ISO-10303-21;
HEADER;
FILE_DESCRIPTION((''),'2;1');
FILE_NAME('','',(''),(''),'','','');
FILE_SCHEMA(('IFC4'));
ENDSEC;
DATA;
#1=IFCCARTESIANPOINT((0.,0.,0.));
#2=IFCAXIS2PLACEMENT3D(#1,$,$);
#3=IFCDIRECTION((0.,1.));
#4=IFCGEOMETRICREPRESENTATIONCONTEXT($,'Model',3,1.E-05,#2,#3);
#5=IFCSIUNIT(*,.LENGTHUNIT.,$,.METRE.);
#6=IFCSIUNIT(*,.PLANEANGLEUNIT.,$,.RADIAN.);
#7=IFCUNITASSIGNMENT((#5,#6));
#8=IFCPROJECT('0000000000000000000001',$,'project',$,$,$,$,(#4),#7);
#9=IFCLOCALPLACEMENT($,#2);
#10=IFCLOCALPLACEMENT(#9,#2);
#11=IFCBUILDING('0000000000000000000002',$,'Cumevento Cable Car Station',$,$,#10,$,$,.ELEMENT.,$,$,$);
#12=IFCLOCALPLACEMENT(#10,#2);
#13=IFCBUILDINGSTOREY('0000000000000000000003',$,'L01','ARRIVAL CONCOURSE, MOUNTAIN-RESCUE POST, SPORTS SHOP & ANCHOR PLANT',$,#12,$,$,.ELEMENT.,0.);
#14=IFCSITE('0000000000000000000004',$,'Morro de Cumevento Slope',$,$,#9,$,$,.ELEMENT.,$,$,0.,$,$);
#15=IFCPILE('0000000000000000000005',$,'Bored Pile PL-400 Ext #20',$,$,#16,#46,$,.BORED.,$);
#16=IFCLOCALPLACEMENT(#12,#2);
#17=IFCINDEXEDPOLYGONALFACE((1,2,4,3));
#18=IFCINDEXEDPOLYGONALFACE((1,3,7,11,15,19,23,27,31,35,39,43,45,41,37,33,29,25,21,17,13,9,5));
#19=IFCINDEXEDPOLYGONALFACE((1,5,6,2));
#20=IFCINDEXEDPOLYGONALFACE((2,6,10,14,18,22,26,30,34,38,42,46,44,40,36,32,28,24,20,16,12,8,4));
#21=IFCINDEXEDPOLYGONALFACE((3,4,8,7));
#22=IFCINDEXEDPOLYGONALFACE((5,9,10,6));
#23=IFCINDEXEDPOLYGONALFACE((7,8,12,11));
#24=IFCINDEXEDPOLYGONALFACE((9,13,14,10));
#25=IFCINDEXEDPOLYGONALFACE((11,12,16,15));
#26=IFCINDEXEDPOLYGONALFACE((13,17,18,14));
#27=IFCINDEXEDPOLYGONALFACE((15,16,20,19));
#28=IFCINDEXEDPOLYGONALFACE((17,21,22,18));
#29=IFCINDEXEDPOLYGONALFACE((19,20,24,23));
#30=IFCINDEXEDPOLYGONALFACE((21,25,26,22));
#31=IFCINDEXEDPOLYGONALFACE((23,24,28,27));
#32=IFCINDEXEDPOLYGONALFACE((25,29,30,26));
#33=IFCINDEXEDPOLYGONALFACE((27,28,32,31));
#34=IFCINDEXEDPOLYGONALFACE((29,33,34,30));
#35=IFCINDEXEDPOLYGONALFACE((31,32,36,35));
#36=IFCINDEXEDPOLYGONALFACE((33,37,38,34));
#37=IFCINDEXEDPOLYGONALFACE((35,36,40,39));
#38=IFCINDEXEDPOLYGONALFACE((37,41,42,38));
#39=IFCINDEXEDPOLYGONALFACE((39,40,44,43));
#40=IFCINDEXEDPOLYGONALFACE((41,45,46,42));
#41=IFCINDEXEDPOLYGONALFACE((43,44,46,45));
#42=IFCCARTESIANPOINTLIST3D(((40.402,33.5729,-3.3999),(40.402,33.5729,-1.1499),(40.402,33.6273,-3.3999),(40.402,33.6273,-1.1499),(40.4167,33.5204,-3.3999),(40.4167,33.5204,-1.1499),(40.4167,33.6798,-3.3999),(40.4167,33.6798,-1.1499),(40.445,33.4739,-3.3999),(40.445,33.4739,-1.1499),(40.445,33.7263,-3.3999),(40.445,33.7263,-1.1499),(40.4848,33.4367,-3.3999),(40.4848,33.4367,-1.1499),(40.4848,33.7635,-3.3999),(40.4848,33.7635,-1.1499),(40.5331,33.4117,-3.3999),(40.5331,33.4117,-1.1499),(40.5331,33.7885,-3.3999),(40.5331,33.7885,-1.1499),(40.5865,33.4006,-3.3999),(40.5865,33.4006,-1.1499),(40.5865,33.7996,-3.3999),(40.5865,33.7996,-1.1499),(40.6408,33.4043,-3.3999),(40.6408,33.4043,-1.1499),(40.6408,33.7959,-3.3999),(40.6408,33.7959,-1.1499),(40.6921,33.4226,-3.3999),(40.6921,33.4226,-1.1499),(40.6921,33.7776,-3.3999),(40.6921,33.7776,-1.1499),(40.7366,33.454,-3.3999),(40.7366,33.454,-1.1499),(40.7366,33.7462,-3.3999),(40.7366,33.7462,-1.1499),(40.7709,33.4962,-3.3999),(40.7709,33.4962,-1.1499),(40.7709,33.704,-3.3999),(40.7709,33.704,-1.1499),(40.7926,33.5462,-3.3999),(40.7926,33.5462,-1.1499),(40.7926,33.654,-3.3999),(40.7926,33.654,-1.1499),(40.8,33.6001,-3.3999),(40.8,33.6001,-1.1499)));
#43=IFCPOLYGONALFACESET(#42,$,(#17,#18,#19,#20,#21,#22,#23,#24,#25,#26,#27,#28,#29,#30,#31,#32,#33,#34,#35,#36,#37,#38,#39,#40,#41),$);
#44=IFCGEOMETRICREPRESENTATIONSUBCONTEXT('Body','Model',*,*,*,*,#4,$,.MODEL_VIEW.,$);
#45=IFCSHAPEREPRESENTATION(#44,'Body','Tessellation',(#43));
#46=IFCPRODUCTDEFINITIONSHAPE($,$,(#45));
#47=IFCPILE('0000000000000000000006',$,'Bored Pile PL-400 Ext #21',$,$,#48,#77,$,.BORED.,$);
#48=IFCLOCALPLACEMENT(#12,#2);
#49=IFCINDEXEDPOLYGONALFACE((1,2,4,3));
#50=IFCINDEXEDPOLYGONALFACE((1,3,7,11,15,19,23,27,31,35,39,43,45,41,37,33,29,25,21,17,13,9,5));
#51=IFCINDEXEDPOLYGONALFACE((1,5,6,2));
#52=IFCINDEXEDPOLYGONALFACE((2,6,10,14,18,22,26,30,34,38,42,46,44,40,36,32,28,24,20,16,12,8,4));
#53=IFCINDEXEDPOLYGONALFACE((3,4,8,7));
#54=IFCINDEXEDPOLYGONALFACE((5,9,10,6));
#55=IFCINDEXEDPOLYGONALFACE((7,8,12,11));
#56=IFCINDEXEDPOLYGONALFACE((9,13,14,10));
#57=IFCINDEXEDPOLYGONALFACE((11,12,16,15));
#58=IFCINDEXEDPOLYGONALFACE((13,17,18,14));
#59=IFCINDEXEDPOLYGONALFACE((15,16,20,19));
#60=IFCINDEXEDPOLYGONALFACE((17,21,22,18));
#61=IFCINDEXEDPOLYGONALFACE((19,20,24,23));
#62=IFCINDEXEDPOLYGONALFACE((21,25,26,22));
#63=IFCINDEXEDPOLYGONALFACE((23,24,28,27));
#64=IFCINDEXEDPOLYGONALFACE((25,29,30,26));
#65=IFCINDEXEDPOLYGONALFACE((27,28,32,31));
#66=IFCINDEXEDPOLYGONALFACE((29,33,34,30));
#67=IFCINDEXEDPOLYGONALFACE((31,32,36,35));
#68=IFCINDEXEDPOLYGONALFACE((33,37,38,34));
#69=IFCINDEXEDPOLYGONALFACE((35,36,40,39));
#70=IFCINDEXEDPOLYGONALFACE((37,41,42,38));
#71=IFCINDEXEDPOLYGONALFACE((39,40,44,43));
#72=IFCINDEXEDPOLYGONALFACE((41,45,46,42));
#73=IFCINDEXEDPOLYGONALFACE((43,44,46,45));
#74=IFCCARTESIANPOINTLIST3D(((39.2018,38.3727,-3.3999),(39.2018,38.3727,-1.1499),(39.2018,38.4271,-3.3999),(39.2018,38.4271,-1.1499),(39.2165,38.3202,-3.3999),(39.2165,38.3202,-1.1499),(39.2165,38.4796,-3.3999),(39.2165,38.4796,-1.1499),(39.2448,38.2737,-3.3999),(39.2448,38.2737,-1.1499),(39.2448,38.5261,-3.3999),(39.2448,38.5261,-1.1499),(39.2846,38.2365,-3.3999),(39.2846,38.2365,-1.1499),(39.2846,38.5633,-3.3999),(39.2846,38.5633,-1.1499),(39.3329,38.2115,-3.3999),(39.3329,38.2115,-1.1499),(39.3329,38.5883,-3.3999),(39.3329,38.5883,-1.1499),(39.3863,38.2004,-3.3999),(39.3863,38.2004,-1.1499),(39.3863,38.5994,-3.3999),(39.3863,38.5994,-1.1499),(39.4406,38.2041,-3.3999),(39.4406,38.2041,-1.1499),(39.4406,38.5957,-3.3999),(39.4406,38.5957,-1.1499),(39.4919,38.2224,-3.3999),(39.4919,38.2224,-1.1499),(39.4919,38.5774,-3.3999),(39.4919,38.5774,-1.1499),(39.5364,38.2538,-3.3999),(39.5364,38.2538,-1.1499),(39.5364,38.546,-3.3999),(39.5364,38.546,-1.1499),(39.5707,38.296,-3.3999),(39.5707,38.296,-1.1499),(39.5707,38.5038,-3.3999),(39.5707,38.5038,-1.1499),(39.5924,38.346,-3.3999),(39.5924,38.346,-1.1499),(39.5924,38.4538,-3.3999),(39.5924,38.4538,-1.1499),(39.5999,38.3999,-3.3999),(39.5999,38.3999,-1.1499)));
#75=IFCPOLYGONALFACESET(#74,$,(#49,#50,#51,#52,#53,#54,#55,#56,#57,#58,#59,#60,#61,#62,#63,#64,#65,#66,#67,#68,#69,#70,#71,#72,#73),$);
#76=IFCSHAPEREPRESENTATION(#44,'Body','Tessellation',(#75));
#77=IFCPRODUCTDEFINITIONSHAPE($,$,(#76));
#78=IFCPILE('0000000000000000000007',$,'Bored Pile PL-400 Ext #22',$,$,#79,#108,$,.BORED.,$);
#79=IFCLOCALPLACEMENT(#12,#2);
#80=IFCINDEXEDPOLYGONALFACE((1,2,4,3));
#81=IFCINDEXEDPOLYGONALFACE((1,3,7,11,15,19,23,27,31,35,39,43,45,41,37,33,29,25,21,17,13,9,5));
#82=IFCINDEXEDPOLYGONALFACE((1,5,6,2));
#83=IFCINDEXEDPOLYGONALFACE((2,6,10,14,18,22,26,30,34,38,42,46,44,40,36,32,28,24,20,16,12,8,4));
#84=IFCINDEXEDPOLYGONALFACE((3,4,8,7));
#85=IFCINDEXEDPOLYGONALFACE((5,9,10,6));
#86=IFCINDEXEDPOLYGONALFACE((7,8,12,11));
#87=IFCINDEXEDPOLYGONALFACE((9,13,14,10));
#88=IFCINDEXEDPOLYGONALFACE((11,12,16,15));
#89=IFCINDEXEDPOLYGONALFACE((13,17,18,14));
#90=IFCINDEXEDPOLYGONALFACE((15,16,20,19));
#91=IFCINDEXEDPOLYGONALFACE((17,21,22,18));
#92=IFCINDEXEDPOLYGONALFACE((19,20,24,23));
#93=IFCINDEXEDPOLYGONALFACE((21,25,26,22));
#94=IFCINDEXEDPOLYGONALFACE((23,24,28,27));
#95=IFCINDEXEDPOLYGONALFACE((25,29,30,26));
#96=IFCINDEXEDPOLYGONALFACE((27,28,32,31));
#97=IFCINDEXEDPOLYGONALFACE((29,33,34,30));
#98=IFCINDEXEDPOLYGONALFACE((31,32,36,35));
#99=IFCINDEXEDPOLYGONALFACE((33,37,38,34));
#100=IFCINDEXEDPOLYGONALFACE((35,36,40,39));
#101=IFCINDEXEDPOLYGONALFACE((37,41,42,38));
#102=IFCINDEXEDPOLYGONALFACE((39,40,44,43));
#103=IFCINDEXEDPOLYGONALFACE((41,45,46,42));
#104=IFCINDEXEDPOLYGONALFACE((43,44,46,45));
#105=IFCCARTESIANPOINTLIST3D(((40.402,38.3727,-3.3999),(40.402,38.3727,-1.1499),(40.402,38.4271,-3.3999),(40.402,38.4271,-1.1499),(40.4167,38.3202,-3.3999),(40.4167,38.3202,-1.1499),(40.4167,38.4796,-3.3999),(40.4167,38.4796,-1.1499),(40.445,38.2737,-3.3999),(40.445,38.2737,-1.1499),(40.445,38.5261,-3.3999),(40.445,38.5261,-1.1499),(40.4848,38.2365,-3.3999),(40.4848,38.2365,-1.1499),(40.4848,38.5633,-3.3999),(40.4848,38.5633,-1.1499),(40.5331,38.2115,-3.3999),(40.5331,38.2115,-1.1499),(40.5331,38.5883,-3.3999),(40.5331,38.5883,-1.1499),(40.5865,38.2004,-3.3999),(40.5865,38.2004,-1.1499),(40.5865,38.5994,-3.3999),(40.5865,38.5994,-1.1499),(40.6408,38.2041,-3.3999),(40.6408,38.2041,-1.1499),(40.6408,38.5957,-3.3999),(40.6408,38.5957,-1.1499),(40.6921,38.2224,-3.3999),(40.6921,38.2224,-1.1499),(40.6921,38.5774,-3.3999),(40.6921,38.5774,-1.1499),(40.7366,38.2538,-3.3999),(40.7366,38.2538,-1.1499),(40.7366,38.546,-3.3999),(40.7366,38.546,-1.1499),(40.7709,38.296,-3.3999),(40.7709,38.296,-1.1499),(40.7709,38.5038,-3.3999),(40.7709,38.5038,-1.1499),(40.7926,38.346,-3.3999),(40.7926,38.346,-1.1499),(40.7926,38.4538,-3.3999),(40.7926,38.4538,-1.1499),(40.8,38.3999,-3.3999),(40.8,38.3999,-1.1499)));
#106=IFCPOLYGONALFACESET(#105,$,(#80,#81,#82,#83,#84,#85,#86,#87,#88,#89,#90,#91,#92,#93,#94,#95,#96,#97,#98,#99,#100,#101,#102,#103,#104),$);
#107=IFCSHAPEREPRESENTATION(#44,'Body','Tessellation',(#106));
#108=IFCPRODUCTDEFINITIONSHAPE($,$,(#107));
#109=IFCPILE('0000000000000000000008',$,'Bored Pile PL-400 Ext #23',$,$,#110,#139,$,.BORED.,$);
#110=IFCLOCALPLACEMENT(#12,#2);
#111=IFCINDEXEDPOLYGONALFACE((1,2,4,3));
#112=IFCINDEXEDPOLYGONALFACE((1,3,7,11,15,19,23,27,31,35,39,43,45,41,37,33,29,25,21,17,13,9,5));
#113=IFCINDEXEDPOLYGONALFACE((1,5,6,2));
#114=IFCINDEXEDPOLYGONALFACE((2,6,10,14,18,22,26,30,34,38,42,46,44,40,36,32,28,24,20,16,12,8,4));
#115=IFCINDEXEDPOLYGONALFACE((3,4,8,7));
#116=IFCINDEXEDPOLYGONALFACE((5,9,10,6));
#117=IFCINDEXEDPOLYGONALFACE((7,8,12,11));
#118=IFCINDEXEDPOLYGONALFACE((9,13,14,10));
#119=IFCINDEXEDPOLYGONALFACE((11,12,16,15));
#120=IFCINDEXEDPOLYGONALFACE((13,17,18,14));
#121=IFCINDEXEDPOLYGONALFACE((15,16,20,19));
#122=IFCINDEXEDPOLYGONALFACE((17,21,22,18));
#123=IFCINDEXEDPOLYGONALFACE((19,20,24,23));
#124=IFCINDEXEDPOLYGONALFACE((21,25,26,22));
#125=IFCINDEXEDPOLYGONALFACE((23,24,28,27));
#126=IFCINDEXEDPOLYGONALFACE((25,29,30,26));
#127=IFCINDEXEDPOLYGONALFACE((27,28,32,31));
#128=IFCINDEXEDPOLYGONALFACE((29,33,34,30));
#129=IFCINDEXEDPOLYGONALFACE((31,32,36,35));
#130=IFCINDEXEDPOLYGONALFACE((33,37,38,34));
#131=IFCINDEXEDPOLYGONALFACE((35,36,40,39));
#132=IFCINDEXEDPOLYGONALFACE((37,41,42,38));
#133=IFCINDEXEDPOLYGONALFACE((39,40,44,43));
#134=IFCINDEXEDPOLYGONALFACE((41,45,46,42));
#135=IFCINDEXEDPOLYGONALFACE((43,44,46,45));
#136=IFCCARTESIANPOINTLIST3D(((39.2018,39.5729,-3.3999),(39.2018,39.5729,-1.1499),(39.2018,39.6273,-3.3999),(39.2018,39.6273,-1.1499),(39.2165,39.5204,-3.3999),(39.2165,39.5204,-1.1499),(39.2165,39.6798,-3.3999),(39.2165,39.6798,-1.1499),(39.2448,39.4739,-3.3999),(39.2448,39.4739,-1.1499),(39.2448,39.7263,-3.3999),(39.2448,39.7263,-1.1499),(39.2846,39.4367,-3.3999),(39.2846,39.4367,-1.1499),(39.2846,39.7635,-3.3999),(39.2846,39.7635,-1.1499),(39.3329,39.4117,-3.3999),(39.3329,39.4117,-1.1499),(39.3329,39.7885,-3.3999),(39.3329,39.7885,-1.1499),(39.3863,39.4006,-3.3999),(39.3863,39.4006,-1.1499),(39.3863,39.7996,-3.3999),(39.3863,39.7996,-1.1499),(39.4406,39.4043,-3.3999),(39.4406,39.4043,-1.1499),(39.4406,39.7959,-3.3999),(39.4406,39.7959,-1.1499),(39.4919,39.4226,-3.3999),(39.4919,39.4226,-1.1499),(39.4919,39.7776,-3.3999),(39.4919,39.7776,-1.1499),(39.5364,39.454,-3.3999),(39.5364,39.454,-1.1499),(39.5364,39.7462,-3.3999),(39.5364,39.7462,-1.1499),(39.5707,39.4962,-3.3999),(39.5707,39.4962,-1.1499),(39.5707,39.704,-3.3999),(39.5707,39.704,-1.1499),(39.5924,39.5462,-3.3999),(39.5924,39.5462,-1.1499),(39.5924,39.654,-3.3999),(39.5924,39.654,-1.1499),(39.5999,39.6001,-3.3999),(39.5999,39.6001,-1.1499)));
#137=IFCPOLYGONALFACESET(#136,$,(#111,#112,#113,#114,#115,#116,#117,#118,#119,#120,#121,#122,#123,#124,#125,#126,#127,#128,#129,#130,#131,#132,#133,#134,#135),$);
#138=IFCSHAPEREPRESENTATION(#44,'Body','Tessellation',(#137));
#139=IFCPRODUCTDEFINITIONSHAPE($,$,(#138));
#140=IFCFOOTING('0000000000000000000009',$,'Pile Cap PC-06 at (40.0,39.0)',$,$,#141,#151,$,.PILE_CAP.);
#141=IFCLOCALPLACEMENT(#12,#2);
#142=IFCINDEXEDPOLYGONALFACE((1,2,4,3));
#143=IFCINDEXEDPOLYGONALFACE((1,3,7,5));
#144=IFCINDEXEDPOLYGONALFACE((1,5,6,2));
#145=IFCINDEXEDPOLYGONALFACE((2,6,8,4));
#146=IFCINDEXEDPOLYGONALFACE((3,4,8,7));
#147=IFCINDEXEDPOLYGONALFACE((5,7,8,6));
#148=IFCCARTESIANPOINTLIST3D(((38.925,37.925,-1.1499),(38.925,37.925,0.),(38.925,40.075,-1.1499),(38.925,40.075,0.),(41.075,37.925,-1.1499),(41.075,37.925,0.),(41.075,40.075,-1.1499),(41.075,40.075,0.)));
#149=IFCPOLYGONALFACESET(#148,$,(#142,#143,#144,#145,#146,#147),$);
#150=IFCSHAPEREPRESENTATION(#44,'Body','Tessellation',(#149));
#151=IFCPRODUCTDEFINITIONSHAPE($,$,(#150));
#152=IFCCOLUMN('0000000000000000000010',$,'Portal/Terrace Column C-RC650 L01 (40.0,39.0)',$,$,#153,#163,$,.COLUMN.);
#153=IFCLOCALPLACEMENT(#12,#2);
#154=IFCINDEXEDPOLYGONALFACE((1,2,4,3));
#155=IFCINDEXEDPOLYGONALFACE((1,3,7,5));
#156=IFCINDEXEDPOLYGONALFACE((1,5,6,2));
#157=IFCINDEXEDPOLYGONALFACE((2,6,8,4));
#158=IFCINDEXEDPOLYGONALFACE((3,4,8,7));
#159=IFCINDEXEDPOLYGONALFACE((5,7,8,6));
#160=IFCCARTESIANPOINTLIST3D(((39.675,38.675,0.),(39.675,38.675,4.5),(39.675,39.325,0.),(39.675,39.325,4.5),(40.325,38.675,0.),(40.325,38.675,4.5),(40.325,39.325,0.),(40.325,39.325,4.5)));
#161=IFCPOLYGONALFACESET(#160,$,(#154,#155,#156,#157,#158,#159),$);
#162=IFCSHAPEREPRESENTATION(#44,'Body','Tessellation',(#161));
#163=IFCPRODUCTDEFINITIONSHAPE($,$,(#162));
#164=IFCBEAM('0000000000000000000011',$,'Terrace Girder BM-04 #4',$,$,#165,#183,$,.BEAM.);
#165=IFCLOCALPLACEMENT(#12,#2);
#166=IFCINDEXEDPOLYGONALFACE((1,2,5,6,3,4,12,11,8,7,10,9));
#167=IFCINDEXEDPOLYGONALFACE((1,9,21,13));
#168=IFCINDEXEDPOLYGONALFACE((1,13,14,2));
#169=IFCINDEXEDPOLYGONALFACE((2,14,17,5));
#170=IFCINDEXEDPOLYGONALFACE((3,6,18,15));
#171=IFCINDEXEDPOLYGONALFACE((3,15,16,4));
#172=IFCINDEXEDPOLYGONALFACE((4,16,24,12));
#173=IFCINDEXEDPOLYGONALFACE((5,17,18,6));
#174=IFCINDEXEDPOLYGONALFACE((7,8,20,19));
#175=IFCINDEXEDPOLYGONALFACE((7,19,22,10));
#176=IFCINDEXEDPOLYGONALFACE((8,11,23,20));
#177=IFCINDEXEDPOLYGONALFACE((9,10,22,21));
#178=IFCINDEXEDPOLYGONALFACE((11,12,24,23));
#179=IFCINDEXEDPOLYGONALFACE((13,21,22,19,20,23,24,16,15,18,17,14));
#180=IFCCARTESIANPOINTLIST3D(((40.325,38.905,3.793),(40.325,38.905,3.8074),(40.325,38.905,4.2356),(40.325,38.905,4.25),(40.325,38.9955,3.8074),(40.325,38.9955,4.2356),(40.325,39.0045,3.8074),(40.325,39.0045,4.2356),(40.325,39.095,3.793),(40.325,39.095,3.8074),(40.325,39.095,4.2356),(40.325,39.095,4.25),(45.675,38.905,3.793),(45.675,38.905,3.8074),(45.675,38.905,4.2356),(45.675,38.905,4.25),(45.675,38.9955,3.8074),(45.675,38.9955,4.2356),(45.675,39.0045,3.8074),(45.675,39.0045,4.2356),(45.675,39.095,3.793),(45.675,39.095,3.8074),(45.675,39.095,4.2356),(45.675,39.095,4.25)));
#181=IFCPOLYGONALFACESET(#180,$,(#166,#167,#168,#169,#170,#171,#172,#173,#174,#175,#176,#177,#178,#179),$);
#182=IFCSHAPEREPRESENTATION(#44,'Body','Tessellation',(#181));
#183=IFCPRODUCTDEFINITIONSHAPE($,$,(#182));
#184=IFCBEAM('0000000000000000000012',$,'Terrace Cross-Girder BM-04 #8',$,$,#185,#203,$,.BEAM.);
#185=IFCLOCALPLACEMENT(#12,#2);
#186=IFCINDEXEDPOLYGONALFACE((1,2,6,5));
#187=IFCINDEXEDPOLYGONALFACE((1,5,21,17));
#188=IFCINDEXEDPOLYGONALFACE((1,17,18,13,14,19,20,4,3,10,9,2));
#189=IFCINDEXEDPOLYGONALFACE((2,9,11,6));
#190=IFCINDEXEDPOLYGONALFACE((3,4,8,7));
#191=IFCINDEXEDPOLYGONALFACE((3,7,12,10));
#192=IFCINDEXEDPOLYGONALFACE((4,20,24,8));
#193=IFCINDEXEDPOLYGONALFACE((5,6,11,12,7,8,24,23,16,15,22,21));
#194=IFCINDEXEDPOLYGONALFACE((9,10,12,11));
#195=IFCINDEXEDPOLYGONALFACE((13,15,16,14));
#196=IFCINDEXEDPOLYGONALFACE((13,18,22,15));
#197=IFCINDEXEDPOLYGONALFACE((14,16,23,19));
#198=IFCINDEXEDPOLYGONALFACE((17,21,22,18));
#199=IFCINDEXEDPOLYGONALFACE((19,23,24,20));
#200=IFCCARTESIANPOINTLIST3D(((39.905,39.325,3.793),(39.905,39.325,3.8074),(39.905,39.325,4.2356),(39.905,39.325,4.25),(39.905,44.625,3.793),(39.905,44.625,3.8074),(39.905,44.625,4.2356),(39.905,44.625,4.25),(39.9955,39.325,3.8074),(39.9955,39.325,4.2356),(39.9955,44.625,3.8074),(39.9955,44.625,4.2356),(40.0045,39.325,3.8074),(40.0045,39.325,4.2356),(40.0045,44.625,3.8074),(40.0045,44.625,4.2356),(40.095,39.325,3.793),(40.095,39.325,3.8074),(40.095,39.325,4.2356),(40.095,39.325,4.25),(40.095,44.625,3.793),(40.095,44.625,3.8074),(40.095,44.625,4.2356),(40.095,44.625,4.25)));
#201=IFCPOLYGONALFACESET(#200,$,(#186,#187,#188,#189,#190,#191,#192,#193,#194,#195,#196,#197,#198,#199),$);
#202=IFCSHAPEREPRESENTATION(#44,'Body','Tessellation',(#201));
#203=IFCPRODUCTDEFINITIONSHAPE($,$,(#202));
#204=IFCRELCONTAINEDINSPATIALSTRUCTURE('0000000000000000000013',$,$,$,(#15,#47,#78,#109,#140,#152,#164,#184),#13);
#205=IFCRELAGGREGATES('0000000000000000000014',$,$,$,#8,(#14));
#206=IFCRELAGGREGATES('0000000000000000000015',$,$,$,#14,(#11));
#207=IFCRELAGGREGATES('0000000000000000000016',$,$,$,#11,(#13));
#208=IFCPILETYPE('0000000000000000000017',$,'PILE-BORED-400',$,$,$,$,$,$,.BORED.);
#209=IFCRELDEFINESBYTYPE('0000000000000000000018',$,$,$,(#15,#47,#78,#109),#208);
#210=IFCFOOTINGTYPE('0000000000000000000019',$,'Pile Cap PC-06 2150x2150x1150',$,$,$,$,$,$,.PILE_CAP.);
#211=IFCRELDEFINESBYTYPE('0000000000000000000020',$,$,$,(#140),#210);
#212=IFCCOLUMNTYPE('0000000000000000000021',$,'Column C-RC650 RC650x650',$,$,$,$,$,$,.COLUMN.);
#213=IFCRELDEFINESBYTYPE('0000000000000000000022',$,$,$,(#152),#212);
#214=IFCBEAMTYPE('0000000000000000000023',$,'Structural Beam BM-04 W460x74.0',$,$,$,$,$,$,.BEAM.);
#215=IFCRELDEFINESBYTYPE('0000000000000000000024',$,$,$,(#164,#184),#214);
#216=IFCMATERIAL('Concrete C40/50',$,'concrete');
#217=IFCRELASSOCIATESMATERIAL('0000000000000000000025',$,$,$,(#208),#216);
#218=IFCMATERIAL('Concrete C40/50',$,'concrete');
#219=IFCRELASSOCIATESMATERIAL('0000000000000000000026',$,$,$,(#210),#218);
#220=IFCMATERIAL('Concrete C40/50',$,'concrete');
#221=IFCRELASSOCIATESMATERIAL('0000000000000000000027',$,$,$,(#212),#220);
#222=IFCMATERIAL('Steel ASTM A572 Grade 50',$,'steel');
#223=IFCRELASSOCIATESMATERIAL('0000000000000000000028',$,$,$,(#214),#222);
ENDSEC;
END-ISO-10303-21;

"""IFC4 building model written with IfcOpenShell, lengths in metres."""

from ifc_helpers import new_model, si_unit, direction, frame, origin, origin_2d, place, context, subcontext, project, spatial, rectangle, circle, i_section, extrude, material, material_profile, profile_set, type_object, element, save


model = new_model("IFC4")

# Units and contexts
model_context = context("Model", 3, precision=1e-05, world=origin(), true_north=direction((0.0, 1.0)))
body_context = subcontext(model_context, "Body", "Model", "MODEL_VIEW")
ifc_project = project(units=[si_unit("LENGTHUNIT", "METRE"), si_unit("PLANEANGLEUNIT", "RADIAN")], contexts=[model_context])

# Site, building, storey
site_placement = place(None, origin())
site = spatial("IfcSite", under=ifc_project, at=site_placement, Name="Morro de Cumevento Slope", CompositionType="ELEMENT", RefElevation=0.0)
building_placement = place(site_placement, origin())
building = spatial("IfcBuilding", under=site, at=building_placement, Name="Cumevento Cable Car Station", CompositionType="ELEMENT")
storey_placement = place(building_placement, origin())
storey = spatial("IfcBuildingStorey", under=building, at=storey_placement, Name="L01", Description="ARRIVAL CONCOURSE, MOUNTAIN-RESCUE POST, SPORTS SHOP & ANCHOR PLANT", CompositionType="ELEMENT", Elevation=0.0)

# Piles
ifc_material_1 = material(Name="Concrete C40/50", Category="concrete")
ifc_material_profile_1 = material_profile(ifc_material_1, circle(Radius=0.2, at=origin_2d()), Name="PILE-D400")
ifc_profile_set_1 = profile_set([ifc_material_profile_1], Name="Concrete C40/50")
pile_type = type_object("IfcPileType", Name="PILE-BORED-400", PredefinedType="BORED", material=ifc_profile_set_1)
for number, where, z_axis, x_axis, name in (
    (1, (40.6001, 33.6001, -1.1499), (0.0, 0.0, -1.0), (1.0, 0.0, 0.0), "Bored Pile PL-400 Ext #20"),
    (2, (39.3999, 38.3999, -1.1499), (0.0, 0.0, -1.0), (1.0, 0.0, 0.0), "Bored Pile PL-400 Ext #21"),
    (3, (40.6001, 38.3999, -1.1499), (0.0, 0.0, -1.0), (1.0, 0.0, 0.0), "Bored Pile PL-400 Ext #22"),
    (4, (39.3999, 39.6001, -1.1499), (0.0, 0.0, -1.0), (1.0, 0.0, 0.0), "Bored Pile PL-400 Ext #23"),
):
    element("IfcPile", number, at=place(storey_placement, frame(where, z_axis=z_axis, x_axis=x_axis)), inside=storey, type_object=pile_type, Name=name, PredefinedType="BORED", context=body_context, shape_type="SweptSolid", body=[
        extrude(circle(Radius=0.2, at=origin_2d()), origin(), (0.0, 0.0, 1.0), 2.25),
    ])

# Footing
ifc_material_2 = material(Name="Concrete C40/50", Category="concrete")
footing_type = type_object("IfcFootingType", Name="Pile Cap PC-06 2150x2150x1150", PredefinedType="PILE_CAP", material=ifc_material_2)
footing_placement = place(storey_placement, frame((40.0, 39.0, -1.1499), z_axis=(0.0, 0.0, 1.0), x_axis=(1.0, 0.0, 0.0)))
element("IfcFooting", 5, at=footing_placement, inside=storey, type_object=footing_type, Name="Pile Cap PC-06 at (40.0,39.0)", PredefinedType="PILE_CAP", context=body_context, shape_type="SweptSolid", body=[
    extrude(rectangle(XDim=2.1499, YDim=2.1499, at=origin_2d()), origin(), (0.0, 0.0, 1.0), 1.1499),
])

# Column
ifc_material_3 = material(Name="Concrete C40/50", Category="concrete")
ifc_material_profile_2 = material_profile(ifc_material_3, rectangle(XDim=0.6499, YDim=0.6499, at=origin_2d()), Name="RC650x650")
ifc_profile_set_2 = profile_set([ifc_material_profile_2], Name="Concrete C40/50")
column_type = type_object("IfcColumnType", Name="Column C-RC650 RC650x650", PredefinedType="COLUMN", material=ifc_profile_set_2)
column_placement = place(storey_placement, frame((40.0, 39.0, 0.0), z_axis=(0.0, 0.0, 1.0), x_axis=(1.0, 0.0, 0.0)))
element("IfcColumn", 6, at=column_placement, inside=storey, type_object=column_type, Name="Portal/Terrace Column C-RC650 L01 (40.0,39.0)", PredefinedType="COLUMN", context=body_context, shape_type="SweptSolid", body=[
    extrude(rectangle(XDim=0.6499, YDim=0.6499, at=origin_2d()), origin(), (0.0, 0.0, 1.0), 4.5),
])

# Beams
ifc_material_4 = material(Name="Steel ASTM A572 Grade 50", Category="steel")
ifc_material_profile_3 = material_profile(ifc_material_4, i_section(OverallWidth=0.1899, OverallDepth=0.457, WebThickness=0.009, FlangeThickness=0.0144, at=origin_2d()), Name="W460x74.0")
ifc_profile_set_3 = profile_set([ifc_material_profile_3], Name="Steel ASTM A572 Grade 50")
beam_type = type_object("IfcBeamType", Name="Structural Beam BM-04 W460x74.0", PredefinedType="BEAM", material=ifc_profile_set_3)
beam_1_placement = place(storey_placement, frame((40.325, 39.0, 4.0215), z_axis=(1.0, 0.0, 0.0), x_axis=(0.0, 1.0, 0.0)))
element("IfcBeam", 7, at=beam_1_placement, inside=storey, type_object=beam_type, Name="Terrace Girder BM-04 #4", PredefinedType="BEAM", context=body_context, shape_type="SweptSolid", body=[
    extrude(i_section(OverallWidth=0.1899, OverallDepth=0.457, WebThickness=0.009, FlangeThickness=0.0144, at=origin_2d()), origin(), (0.0, 0.0, 1.0), 5.3501),
])
beam_2_placement = place(storey_placement, frame((40.0, 39.325, 4.0215), z_axis=(0.0, 1.0, 0.0), x_axis=(-1.0, 0.0, 0.0)))
element("IfcBeam", 8, at=beam_2_placement, inside=storey, type_object=beam_type, Name="Terrace Cross-Girder BM-04 #8", PredefinedType="BEAM", context=body_context, shape_type="SweptSolid", body=[
    extrude(i_section(OverallWidth=0.1899, OverallDepth=0.457, WebThickness=0.009, FlangeThickness=0.0144, at=origin_2d()), origin(), (0.0, 0.0, 1.0), 5.3),
])

save(model, "model.ifc")
